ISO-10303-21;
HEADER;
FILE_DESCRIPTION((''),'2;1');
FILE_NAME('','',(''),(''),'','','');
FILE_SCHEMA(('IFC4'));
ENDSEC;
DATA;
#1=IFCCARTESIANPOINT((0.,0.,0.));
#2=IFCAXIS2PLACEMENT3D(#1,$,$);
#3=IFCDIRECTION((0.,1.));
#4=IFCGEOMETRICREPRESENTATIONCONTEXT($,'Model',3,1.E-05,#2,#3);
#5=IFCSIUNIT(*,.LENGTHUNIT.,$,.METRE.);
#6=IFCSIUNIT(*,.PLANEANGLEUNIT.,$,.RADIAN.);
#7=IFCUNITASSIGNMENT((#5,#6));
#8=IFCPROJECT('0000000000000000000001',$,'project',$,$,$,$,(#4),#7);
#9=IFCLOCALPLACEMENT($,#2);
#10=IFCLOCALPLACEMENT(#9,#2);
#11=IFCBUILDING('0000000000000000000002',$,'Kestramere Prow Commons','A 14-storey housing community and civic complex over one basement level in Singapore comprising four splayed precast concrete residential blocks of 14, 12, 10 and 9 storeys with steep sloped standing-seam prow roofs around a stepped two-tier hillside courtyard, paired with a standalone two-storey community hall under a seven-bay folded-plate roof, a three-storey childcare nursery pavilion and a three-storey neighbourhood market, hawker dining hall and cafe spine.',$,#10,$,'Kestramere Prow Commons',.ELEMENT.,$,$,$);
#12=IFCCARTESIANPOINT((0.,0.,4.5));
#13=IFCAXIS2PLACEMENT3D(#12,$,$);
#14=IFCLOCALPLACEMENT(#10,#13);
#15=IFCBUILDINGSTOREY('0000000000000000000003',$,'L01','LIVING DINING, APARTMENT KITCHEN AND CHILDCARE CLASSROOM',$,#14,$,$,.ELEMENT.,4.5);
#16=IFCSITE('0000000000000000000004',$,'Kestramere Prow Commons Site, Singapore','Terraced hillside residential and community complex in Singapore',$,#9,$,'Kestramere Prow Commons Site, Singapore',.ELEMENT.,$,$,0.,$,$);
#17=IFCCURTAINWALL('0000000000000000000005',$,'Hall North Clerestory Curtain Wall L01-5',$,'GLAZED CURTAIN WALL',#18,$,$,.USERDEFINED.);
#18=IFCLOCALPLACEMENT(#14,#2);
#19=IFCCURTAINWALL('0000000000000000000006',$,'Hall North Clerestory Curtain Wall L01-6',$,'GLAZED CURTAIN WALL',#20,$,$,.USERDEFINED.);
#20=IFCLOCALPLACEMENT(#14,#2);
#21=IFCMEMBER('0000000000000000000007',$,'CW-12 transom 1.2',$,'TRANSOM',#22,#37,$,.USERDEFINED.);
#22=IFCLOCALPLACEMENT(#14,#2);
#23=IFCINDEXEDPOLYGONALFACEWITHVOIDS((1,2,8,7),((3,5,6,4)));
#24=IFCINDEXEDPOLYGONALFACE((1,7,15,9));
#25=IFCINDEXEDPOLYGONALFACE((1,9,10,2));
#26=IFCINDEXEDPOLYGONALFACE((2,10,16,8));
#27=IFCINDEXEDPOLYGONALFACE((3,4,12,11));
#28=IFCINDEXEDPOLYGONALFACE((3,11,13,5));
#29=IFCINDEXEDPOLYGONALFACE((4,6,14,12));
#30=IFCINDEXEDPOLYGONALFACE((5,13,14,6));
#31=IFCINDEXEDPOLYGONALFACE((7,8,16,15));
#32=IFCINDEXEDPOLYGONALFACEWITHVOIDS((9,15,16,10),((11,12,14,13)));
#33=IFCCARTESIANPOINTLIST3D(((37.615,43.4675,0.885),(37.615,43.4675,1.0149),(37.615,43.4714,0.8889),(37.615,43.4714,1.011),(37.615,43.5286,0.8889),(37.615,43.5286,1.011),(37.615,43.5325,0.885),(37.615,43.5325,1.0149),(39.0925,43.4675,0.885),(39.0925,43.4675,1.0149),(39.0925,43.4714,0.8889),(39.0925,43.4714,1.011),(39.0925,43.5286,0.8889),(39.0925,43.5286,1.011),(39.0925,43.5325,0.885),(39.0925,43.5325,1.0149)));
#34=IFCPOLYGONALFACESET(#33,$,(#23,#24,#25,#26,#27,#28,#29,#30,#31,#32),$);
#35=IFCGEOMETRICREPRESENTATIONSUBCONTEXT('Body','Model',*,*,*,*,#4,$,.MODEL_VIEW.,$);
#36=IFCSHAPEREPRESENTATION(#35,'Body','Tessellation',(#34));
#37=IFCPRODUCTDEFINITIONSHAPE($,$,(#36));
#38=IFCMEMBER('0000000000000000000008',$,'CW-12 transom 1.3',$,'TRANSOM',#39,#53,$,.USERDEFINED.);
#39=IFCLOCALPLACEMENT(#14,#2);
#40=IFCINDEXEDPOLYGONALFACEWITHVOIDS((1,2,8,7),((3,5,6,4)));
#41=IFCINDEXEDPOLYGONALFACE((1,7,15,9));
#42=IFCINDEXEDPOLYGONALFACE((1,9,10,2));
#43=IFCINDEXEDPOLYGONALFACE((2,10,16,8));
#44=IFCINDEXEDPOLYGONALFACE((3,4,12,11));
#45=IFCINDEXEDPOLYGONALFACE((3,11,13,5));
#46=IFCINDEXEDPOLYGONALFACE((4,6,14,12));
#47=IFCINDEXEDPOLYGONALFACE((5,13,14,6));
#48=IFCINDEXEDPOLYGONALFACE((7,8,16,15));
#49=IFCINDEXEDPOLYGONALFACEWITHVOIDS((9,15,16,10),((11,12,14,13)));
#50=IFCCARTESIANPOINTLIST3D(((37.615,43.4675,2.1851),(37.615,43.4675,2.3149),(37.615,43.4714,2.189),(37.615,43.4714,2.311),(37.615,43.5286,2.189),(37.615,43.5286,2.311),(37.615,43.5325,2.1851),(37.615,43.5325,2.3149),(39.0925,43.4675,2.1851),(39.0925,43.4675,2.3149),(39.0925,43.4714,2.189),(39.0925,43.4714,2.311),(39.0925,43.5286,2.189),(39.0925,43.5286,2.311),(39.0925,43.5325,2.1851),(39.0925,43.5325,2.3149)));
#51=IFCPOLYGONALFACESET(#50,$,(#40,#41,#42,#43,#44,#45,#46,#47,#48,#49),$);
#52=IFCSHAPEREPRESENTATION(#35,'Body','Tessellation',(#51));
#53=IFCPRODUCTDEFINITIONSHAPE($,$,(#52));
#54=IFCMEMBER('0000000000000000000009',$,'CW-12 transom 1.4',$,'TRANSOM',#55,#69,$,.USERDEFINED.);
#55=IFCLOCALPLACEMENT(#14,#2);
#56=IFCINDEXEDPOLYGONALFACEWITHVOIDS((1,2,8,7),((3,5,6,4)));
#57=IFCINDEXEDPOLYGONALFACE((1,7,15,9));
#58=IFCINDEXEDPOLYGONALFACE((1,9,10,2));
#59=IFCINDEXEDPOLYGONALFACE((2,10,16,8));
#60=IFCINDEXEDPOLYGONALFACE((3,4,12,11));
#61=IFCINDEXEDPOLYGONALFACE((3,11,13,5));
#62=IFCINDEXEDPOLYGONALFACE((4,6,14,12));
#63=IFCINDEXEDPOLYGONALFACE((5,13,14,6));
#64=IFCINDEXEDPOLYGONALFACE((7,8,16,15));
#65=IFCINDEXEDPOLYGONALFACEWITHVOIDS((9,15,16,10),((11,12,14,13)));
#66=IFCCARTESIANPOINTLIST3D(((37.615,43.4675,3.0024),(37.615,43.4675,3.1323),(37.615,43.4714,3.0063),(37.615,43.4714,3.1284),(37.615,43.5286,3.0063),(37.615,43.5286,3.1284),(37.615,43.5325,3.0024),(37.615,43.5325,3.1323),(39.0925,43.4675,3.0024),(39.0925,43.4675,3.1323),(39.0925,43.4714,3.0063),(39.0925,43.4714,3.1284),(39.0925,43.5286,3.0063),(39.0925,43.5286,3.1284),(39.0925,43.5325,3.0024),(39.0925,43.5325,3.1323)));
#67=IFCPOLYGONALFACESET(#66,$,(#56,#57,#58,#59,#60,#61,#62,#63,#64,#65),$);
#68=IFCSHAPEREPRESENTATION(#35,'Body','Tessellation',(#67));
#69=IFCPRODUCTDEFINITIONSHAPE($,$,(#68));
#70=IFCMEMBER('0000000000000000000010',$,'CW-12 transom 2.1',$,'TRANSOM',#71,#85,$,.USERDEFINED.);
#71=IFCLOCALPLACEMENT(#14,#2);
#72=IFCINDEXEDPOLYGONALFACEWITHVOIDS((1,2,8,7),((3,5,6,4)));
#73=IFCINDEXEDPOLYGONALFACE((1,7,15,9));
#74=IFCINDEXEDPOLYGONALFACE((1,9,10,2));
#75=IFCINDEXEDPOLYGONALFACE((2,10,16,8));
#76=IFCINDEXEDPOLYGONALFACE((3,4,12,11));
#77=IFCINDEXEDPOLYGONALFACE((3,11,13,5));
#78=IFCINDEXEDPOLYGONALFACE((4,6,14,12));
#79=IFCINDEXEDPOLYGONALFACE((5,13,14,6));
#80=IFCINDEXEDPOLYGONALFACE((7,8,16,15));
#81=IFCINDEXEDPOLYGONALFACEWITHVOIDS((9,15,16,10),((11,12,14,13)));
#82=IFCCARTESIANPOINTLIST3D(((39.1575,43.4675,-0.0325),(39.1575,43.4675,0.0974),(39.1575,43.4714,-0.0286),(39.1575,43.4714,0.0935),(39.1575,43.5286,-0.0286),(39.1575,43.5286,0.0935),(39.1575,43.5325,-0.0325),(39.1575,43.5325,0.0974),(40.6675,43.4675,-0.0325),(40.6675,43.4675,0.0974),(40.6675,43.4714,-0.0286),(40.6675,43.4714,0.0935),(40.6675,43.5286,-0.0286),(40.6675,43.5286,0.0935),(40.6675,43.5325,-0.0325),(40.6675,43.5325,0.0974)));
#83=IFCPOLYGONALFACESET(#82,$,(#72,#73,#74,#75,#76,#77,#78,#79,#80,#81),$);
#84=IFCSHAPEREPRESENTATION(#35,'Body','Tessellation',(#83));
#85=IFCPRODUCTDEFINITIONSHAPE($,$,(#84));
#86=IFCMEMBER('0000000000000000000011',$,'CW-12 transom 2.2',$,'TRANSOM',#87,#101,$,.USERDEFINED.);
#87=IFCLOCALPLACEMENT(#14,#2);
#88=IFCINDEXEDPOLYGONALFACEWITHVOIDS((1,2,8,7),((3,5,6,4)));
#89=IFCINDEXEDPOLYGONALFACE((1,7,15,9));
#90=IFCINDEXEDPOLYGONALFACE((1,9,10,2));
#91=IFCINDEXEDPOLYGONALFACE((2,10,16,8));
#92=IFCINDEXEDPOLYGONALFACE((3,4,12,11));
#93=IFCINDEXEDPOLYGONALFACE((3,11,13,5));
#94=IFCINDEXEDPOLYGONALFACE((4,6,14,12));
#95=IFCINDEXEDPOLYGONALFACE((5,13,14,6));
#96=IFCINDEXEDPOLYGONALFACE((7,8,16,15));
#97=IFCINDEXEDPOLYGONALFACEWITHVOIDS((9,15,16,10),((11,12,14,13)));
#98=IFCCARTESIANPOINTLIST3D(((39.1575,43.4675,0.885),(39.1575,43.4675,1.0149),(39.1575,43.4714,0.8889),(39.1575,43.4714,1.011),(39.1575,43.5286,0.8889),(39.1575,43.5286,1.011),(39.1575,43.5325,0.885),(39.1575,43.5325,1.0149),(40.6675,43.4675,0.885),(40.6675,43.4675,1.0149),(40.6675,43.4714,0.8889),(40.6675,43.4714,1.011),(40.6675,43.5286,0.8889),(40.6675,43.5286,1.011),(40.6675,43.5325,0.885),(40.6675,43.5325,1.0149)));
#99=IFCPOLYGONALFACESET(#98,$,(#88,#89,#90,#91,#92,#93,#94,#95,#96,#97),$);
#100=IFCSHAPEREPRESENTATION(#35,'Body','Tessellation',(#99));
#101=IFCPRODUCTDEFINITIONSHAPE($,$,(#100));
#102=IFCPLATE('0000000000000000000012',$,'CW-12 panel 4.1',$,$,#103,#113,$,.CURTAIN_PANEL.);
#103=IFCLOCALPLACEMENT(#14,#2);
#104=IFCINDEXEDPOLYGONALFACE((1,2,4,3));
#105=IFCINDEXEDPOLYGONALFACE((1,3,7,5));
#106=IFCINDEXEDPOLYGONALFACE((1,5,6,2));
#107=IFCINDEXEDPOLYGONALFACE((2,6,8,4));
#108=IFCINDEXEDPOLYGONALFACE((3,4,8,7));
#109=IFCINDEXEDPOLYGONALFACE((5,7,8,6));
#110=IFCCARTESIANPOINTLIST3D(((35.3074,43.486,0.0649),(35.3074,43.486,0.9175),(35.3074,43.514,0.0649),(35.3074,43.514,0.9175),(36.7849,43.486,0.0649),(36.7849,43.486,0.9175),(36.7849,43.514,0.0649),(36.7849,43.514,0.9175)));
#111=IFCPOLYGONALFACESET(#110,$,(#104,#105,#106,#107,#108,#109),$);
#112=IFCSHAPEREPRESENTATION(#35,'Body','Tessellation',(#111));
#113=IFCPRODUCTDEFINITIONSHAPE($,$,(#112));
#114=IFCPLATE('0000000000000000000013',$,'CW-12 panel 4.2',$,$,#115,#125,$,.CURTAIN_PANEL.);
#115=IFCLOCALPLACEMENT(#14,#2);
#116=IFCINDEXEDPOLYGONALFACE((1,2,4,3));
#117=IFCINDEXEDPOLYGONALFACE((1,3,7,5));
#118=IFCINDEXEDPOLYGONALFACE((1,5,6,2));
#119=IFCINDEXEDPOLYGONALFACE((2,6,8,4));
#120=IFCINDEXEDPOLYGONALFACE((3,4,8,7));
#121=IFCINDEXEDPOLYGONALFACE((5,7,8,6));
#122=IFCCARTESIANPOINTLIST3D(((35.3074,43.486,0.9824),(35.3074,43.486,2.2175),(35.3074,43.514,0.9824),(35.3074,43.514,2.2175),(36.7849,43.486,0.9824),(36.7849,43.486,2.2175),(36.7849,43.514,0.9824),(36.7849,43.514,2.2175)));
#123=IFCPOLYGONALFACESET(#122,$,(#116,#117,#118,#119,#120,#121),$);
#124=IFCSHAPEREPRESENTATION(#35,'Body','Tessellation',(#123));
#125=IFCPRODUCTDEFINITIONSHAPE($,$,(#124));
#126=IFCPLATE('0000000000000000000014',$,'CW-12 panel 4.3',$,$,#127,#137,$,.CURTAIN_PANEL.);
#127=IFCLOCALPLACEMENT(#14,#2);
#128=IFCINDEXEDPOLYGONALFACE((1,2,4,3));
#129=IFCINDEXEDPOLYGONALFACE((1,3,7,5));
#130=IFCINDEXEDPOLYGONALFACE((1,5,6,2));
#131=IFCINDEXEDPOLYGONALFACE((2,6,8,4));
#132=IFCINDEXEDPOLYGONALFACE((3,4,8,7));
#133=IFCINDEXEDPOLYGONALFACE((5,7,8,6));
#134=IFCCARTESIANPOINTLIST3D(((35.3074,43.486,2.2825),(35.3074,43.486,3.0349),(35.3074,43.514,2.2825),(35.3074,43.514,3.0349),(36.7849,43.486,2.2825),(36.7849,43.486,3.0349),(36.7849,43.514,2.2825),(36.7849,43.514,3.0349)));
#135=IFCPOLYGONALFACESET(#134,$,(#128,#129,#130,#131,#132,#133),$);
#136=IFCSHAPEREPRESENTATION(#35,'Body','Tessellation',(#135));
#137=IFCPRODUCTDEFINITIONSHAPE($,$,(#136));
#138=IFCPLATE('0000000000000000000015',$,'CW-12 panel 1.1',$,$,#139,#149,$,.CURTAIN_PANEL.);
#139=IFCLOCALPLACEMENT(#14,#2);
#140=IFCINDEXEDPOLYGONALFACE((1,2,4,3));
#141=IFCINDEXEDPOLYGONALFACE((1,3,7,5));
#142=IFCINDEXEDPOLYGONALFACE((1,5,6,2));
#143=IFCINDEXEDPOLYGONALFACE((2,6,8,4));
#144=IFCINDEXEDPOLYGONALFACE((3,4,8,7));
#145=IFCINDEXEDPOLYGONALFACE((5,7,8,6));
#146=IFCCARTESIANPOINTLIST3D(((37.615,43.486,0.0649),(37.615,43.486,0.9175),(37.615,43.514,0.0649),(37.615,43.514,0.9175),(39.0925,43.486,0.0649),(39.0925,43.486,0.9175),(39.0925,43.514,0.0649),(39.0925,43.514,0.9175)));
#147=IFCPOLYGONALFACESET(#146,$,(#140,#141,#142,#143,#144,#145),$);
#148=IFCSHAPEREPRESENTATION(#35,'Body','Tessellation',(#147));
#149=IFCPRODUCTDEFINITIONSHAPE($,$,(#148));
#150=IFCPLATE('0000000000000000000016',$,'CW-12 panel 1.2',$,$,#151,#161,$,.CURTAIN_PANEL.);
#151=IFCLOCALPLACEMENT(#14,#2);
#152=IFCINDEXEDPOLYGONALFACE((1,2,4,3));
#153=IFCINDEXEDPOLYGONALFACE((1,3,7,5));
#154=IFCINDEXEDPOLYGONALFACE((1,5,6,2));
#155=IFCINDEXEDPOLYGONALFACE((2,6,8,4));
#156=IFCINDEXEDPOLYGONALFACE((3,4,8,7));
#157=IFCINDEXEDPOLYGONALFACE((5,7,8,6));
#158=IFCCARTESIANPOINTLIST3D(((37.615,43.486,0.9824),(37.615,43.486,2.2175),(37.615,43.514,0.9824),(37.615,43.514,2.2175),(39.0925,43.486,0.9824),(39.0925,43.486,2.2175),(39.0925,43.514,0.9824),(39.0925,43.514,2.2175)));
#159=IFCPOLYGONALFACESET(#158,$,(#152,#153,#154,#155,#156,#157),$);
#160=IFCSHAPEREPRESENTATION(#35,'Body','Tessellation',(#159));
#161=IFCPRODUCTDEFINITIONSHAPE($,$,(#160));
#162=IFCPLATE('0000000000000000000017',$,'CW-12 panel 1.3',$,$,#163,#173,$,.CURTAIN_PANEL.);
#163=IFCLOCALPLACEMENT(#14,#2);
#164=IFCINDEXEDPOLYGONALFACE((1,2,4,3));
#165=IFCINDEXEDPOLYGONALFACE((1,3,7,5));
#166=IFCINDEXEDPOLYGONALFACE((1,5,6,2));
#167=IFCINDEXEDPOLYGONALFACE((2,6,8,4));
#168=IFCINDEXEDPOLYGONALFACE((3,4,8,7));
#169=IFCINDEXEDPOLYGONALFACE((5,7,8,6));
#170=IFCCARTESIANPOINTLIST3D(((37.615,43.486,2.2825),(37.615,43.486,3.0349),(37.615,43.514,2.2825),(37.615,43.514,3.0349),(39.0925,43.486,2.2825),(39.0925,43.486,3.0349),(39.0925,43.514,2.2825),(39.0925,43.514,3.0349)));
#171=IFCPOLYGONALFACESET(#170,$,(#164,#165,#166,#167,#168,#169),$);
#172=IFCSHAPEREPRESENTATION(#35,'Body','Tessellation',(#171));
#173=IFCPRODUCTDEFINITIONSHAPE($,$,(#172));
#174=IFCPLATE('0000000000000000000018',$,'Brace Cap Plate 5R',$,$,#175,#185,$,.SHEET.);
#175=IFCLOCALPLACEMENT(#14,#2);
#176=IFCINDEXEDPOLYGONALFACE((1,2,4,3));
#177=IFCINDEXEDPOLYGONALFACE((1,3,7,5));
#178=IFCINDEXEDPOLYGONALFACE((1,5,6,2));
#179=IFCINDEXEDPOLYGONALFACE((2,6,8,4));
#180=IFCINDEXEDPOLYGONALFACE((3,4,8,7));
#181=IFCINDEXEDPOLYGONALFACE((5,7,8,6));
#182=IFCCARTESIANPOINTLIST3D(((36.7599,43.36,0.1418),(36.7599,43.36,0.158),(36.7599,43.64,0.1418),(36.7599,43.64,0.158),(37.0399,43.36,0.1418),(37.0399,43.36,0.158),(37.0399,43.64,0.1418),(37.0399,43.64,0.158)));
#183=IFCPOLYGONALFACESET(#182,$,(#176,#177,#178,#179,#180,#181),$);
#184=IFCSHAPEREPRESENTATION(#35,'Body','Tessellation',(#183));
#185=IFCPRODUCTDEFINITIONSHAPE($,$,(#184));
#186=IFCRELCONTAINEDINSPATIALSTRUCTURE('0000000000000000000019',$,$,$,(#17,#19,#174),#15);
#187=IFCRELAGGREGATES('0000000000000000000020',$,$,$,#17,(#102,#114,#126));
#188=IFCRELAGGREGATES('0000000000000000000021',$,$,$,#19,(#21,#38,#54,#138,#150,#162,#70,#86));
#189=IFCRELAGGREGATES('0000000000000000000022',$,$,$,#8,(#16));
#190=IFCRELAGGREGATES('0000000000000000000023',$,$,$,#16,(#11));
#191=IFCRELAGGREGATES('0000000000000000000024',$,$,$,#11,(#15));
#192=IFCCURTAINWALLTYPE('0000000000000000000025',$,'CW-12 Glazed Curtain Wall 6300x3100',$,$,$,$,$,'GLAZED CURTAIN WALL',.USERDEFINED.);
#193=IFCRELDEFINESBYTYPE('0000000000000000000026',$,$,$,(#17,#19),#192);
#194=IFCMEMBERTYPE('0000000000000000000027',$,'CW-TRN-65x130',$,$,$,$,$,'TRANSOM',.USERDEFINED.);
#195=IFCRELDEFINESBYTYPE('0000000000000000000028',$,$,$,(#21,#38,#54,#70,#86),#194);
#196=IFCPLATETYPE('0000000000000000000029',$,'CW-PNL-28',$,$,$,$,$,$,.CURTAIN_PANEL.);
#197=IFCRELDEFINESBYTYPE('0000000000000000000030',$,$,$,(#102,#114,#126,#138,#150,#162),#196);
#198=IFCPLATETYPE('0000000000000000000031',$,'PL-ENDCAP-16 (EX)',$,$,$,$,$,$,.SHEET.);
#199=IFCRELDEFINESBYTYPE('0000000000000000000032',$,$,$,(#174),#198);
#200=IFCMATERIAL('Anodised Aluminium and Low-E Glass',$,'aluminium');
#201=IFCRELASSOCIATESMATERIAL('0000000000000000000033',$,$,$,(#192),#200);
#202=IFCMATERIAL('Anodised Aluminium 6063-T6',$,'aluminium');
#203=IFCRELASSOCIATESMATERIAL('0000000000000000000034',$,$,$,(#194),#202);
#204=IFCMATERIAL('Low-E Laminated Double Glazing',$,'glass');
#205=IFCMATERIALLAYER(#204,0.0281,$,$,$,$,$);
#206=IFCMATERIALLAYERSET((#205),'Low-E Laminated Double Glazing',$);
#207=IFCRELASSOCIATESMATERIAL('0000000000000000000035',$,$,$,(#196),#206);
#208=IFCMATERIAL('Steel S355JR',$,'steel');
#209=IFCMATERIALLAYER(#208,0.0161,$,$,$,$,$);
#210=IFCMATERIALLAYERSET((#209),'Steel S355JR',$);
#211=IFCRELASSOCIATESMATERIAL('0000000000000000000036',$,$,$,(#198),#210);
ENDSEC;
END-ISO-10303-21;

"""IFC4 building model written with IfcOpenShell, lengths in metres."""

from ifc_helpers import new_model, si_unit, direction, frame, origin, origin_2d, place, context, subcontext, project, spatial, rectangle, hollow_rectangle, extrude, material, layer, layer_set, material_profile, profile_set, type_object, element, aggregate, save


model = new_model("IFC4")

# Units and contexts
model_context = context("Model", 3, precision=1e-05, world=origin(), true_north=direction((0.0, 1.0)))
body_context = subcontext(model_context, "Body", "Model", "MODEL_VIEW")
ifc_project = project(units=[si_unit("LENGTHUNIT", "METRE"), si_unit("PLANEANGLEUNIT", "RADIAN")], contexts=[model_context])

# Site, building, storey
site_placement = place(None, origin())
site = spatial("IfcSite", under=ifc_project, at=site_placement, Name="Kestramere Prow Commons Site, Singapore", Description="Terraced hillside residential and community complex in Singapore", LongName="Kestramere Prow Commons Site, Singapore", CompositionType="ELEMENT", RefElevation=0.0)
building_placement = place(site_placement, origin())
building = spatial("IfcBuilding", under=site, at=building_placement, Name="Kestramere Prow Commons", Description="A 14-storey housing community and civic complex over one basement level in Singapore comprising four splayed precast concrete residential blocks of 14, 12, 10 and 9 storeys with steep sloped standing-seam prow roofs around a stepped two-tier hillside courtyard, paired with a standalone two-storey community hall under a seven-bay folded-plate roof, a three-storey childcare nursery pavilion and a three-storey neighbourhood market, hawker dining hall and cafe spine.", LongName="Kestramere Prow Commons", CompositionType="ELEMENT")
storey_placement = place(building_placement, frame((0.0, 0.0, 4.5)))
storey = spatial("IfcBuildingStorey", under=building, at=storey_placement, Name="L01", Description="LIVING DINING, APARTMENT KITCHEN AND CHILDCARE CLASSROOM", CompositionType="ELEMENT", Elevation=4.5)

# Shared definitions
ifc_material_1 = material(Name="Steel S355JR", Category="steel")

# Curtain wall
ifc_material_2 = material(Name="Anodised Aluminium and Low-E Glass", Category="aluminium")
curtain_wall_type = type_object("IfcCurtainWallType", Name="CW-12 Glazed Curtain Wall 6300x3100", ElementType="GLAZED CURTAIN WALL", PredefinedType="USERDEFINED", material=ifc_material_2)
curtain_wall_1_placement = place(storey_placement, origin())
curtain_wall_1 = element("IfcCurtainWall", 1, at=curtain_wall_1_placement, inside=storey, type_object=curtain_wall_type, Name="Hall North Clerestory Curtain Wall L01-5", ObjectType="GLAZED CURTAIN WALL", PredefinedType="USERDEFINED")
ifc_material_3 = material(Name="Anodised Aluminium 6063-T6", Category="aluminium")

# Curtain wall
curtain_wall_2_placement = place(storey_placement, origin())
curtain_wall_2 = element("IfcCurtainWall", 2, at=curtain_wall_2_placement, inside=storey, type_object=curtain_wall_type, Name="Hall North Clerestory Curtain Wall L01-6", ObjectType="GLAZED CURTAIN WALL", PredefinedType="USERDEFINED")

# Members
ifc_material_profile_1 = material_profile(ifc_material_3, hollow_rectangle(XDim=0.0649, YDim=0.1299, WallThickness=0.0039, at=origin_2d()), Name="ALU-TRN 65x130")
ifc_profile_set_1 = profile_set([ifc_material_profile_1], Name="Anodised Aluminium 6063-T6")
member_type_1 = type_object("IfcMemberType", Name="CW-TRN-65x130", ElementType="TRANSOM", PredefinedType="USERDEFINED", material=ifc_profile_set_1)
member_1_placement = place(storey_placement, frame((37.615, 43.5, 0.95), z_axis=(1.0, 0.0, 0.0), x_axis=(0.0, 1.0, 0.0)))
member_1 = element("IfcMember", 3, at=member_1_placement, type_object=member_type_1, Name="CW-12 transom 1.2", ObjectType="TRANSOM", PredefinedType="USERDEFINED", context=body_context, shape_type="SweptSolid", body=[
    extrude(hollow_rectangle(XDim=0.0649, YDim=0.1299, WallThickness=0.0039, at=origin_2d()), origin(), (0.0, 0.0, 1.0), 1.4775),
])
member_2_placement = place(storey_placement, frame((37.615, 43.5, 2.25), z_axis=(1.0, 0.0, 0.0), x_axis=(0.0, 1.0, 0.0)))
member_2 = element("IfcMember", 4, at=member_2_placement, type_object=member_type_1, Name="CW-12 transom 1.3", ObjectType="TRANSOM", PredefinedType="USERDEFINED", context=body_context, shape_type="SweptSolid", body=[
    extrude(hollow_rectangle(XDim=0.0649, YDim=0.1299, WallThickness=0.0039, at=origin_2d()), origin(), (0.0, 0.0, 1.0), 1.4775),
])
member_3_placement = place(storey_placement, frame((37.615, 43.5, 3.0674), z_axis=(1.0, 0.0, 0.0), x_axis=(0.0, 1.0, 0.0)))
member_3 = element("IfcMember", 5, at=member_3_placement, type_object=member_type_1, Name="CW-12 transom 1.4", ObjectType="TRANSOM", PredefinedType="USERDEFINED", context=body_context, shape_type="SweptSolid", body=[
    extrude(hollow_rectangle(XDim=0.0649, YDim=0.1299, WallThickness=0.0039, at=origin_2d()), origin(), (0.0, 0.0, 1.0), 1.4775),
])
member_4_placement = place(storey_placement, frame((39.1575, 43.5, 0.0325), z_axis=(1.0, 0.0, 0.0), x_axis=(0.0, 1.0, 0.0)))
member_4 = element("IfcMember", 6, at=member_4_placement, type_object=member_type_1, Name="CW-12 transom 2.1", ObjectType="TRANSOM", PredefinedType="USERDEFINED", context=body_context, shape_type="SweptSolid", body=[
    extrude(hollow_rectangle(XDim=0.0649, YDim=0.1299, WallThickness=0.0039, at=origin_2d()), origin(), (0.0, 0.0, 1.0), 1.51),
])
member_5_placement = place(storey_placement, frame((39.1575, 43.5, 0.95), z_axis=(1.0, 0.0, 0.0), x_axis=(0.0, 1.0, 0.0)))
member_5 = element("IfcMember", 7, at=member_5_placement, type_object=member_type_1, Name="CW-12 transom 2.2", ObjectType="TRANSOM", PredefinedType="USERDEFINED", context=body_context, shape_type="SweptSolid", body=[
    extrude(hollow_rectangle(XDim=0.0649, YDim=0.1299, WallThickness=0.0039, at=origin_2d()), origin(), (0.0, 0.0, 1.0), 1.51),
])

# Plates
ifc_material_4 = material(Name="Low-E Laminated Double Glazing", Category="glass")
ifc_layer_1 = layer(ifc_material_4, 0.0281)
ifc_layer_set_1 = layer_set([ifc_layer_1], Name="Low-E Laminated Double Glazing")
plate_type_1 = type_object("IfcPlateType", Name="CW-PNL-28", PredefinedType="CURTAIN_PANEL", material=ifc_layer_set_1)
plate_1_placement = place(storey_placement, frame((36.0461, 43.5, 0.0649), z_axis=(0.0, 0.0, 1.0), x_axis=(1.0, 0.0, 0.0)))
plate_1 = element("IfcPlate", 8, at=plate_1_placement, type_object=plate_type_1, Name="CW-12 panel 4.1", PredefinedType="CURTAIN_PANEL", context=body_context, shape_type="SweptSolid", body=[
    extrude(rectangle(XDim=1.4775, YDim=0.0281, at=origin_2d()), origin(), (0.0, 0.0, 1.0), 0.8525),
])
plate_2_placement = place(storey_placement, frame((36.0461, 43.5, 0.9824), z_axis=(0.0, 0.0, 1.0), x_axis=(1.0, 0.0, 0.0)))
plate_2 = element("IfcPlate", 9, at=plate_2_placement, type_object=plate_type_1, Name="CW-12 panel 4.2", PredefinedType="CURTAIN_PANEL", context=body_context, shape_type="SweptSolid", body=[
    extrude(rectangle(XDim=1.4775, YDim=0.0281, at=origin_2d()), origin(), (0.0, 0.0, 1.0), 1.2351),
])
plate_3_placement = place(storey_placement, frame((36.0461, 43.5, 2.2825), z_axis=(0.0, 0.0, 1.0), x_axis=(1.0, 0.0, 0.0)))
plate_3 = element("IfcPlate", 10, at=plate_3_placement, type_object=plate_type_1, Name="CW-12 panel 4.3", PredefinedType="CURTAIN_PANEL", context=body_context, shape_type="SweptSolid", body=[
    extrude(rectangle(XDim=1.4775, YDim=0.0281, at=origin_2d()), origin(), (0.0, 0.0, 1.0), 0.7524),
])
aggregate(curtain_wall_1, [plate_1, plate_2, plate_3])
plate_4_placement = place(storey_placement, frame((38.3538, 43.5, 0.0649), z_axis=(0.0, 0.0, 1.0), x_axis=(1.0, 0.0, 0.0)))
plate_4 = element("IfcPlate", 11, at=plate_4_placement, type_object=plate_type_1, Name="CW-12 panel 1.1", PredefinedType="CURTAIN_PANEL", context=body_context, shape_type="SweptSolid", body=[
    extrude(rectangle(XDim=1.4775, YDim=0.0281, at=origin_2d()), origin(), (0.0, 0.0, 1.0), 0.8525),
])
plate_5_placement = place(storey_placement, frame((38.3538, 43.5, 0.9824), z_axis=(0.0, 0.0, 1.0), x_axis=(1.0, 0.0, 0.0)))
plate_5 = element("IfcPlate", 12, at=plate_5_placement, type_object=plate_type_1, Name="CW-12 panel 1.2", PredefinedType="CURTAIN_PANEL", context=body_context, shape_type="SweptSolid", body=[
    extrude(rectangle(XDim=1.4775, YDim=0.0281, at=origin_2d()), origin(), (0.0, 0.0, 1.0), 1.2351),
])
plate_6_placement = place(storey_placement, frame((38.3538, 43.5, 2.2825), z_axis=(0.0, 0.0, 1.0), x_axis=(1.0, 0.0, 0.0)))
plate_6 = element("IfcPlate", 13, at=plate_6_placement, type_object=plate_type_1, Name="CW-12 panel 1.3", PredefinedType="CURTAIN_PANEL", context=body_context, shape_type="SweptSolid", body=[
    extrude(rectangle(XDim=1.4775, YDim=0.0281, at=origin_2d()), origin(), (0.0, 0.0, 1.0), 0.7524),
])
aggregate(curtain_wall_2, [member_1, member_2, member_3, plate_4, plate_5, plate_6, member_4, member_5])
ifc_layer_2 = layer(ifc_material_1, 0.0161)
ifc_layer_set_2 = layer_set([ifc_layer_2], Name="Steel S355JR")
plate_type_2 = type_object("IfcPlateType", Name="PL-ENDCAP-16 (EX)", PredefinedType="SHEET", material=ifc_layer_set_2)
plate_7_placement = place(storey_placement, frame((36.8999, 43.5, 0.1418), z_axis=(0.0, 0.0, 1.0), x_axis=(1.0, 0.0, 0.0)))
element("IfcPlate", 14, at=plate_7_placement, inside=storey, type_object=plate_type_2, Name="Brace Cap Plate 5R", PredefinedType="SHEET", context=body_context, shape_type="SweptSolid", body=[
    extrude(rectangle(XDim=0.28, YDim=0.28, at=origin_2d()), origin(), (0.0, 0.0, 1.0), 0.0161),
])

save(model, "model.ifc")
